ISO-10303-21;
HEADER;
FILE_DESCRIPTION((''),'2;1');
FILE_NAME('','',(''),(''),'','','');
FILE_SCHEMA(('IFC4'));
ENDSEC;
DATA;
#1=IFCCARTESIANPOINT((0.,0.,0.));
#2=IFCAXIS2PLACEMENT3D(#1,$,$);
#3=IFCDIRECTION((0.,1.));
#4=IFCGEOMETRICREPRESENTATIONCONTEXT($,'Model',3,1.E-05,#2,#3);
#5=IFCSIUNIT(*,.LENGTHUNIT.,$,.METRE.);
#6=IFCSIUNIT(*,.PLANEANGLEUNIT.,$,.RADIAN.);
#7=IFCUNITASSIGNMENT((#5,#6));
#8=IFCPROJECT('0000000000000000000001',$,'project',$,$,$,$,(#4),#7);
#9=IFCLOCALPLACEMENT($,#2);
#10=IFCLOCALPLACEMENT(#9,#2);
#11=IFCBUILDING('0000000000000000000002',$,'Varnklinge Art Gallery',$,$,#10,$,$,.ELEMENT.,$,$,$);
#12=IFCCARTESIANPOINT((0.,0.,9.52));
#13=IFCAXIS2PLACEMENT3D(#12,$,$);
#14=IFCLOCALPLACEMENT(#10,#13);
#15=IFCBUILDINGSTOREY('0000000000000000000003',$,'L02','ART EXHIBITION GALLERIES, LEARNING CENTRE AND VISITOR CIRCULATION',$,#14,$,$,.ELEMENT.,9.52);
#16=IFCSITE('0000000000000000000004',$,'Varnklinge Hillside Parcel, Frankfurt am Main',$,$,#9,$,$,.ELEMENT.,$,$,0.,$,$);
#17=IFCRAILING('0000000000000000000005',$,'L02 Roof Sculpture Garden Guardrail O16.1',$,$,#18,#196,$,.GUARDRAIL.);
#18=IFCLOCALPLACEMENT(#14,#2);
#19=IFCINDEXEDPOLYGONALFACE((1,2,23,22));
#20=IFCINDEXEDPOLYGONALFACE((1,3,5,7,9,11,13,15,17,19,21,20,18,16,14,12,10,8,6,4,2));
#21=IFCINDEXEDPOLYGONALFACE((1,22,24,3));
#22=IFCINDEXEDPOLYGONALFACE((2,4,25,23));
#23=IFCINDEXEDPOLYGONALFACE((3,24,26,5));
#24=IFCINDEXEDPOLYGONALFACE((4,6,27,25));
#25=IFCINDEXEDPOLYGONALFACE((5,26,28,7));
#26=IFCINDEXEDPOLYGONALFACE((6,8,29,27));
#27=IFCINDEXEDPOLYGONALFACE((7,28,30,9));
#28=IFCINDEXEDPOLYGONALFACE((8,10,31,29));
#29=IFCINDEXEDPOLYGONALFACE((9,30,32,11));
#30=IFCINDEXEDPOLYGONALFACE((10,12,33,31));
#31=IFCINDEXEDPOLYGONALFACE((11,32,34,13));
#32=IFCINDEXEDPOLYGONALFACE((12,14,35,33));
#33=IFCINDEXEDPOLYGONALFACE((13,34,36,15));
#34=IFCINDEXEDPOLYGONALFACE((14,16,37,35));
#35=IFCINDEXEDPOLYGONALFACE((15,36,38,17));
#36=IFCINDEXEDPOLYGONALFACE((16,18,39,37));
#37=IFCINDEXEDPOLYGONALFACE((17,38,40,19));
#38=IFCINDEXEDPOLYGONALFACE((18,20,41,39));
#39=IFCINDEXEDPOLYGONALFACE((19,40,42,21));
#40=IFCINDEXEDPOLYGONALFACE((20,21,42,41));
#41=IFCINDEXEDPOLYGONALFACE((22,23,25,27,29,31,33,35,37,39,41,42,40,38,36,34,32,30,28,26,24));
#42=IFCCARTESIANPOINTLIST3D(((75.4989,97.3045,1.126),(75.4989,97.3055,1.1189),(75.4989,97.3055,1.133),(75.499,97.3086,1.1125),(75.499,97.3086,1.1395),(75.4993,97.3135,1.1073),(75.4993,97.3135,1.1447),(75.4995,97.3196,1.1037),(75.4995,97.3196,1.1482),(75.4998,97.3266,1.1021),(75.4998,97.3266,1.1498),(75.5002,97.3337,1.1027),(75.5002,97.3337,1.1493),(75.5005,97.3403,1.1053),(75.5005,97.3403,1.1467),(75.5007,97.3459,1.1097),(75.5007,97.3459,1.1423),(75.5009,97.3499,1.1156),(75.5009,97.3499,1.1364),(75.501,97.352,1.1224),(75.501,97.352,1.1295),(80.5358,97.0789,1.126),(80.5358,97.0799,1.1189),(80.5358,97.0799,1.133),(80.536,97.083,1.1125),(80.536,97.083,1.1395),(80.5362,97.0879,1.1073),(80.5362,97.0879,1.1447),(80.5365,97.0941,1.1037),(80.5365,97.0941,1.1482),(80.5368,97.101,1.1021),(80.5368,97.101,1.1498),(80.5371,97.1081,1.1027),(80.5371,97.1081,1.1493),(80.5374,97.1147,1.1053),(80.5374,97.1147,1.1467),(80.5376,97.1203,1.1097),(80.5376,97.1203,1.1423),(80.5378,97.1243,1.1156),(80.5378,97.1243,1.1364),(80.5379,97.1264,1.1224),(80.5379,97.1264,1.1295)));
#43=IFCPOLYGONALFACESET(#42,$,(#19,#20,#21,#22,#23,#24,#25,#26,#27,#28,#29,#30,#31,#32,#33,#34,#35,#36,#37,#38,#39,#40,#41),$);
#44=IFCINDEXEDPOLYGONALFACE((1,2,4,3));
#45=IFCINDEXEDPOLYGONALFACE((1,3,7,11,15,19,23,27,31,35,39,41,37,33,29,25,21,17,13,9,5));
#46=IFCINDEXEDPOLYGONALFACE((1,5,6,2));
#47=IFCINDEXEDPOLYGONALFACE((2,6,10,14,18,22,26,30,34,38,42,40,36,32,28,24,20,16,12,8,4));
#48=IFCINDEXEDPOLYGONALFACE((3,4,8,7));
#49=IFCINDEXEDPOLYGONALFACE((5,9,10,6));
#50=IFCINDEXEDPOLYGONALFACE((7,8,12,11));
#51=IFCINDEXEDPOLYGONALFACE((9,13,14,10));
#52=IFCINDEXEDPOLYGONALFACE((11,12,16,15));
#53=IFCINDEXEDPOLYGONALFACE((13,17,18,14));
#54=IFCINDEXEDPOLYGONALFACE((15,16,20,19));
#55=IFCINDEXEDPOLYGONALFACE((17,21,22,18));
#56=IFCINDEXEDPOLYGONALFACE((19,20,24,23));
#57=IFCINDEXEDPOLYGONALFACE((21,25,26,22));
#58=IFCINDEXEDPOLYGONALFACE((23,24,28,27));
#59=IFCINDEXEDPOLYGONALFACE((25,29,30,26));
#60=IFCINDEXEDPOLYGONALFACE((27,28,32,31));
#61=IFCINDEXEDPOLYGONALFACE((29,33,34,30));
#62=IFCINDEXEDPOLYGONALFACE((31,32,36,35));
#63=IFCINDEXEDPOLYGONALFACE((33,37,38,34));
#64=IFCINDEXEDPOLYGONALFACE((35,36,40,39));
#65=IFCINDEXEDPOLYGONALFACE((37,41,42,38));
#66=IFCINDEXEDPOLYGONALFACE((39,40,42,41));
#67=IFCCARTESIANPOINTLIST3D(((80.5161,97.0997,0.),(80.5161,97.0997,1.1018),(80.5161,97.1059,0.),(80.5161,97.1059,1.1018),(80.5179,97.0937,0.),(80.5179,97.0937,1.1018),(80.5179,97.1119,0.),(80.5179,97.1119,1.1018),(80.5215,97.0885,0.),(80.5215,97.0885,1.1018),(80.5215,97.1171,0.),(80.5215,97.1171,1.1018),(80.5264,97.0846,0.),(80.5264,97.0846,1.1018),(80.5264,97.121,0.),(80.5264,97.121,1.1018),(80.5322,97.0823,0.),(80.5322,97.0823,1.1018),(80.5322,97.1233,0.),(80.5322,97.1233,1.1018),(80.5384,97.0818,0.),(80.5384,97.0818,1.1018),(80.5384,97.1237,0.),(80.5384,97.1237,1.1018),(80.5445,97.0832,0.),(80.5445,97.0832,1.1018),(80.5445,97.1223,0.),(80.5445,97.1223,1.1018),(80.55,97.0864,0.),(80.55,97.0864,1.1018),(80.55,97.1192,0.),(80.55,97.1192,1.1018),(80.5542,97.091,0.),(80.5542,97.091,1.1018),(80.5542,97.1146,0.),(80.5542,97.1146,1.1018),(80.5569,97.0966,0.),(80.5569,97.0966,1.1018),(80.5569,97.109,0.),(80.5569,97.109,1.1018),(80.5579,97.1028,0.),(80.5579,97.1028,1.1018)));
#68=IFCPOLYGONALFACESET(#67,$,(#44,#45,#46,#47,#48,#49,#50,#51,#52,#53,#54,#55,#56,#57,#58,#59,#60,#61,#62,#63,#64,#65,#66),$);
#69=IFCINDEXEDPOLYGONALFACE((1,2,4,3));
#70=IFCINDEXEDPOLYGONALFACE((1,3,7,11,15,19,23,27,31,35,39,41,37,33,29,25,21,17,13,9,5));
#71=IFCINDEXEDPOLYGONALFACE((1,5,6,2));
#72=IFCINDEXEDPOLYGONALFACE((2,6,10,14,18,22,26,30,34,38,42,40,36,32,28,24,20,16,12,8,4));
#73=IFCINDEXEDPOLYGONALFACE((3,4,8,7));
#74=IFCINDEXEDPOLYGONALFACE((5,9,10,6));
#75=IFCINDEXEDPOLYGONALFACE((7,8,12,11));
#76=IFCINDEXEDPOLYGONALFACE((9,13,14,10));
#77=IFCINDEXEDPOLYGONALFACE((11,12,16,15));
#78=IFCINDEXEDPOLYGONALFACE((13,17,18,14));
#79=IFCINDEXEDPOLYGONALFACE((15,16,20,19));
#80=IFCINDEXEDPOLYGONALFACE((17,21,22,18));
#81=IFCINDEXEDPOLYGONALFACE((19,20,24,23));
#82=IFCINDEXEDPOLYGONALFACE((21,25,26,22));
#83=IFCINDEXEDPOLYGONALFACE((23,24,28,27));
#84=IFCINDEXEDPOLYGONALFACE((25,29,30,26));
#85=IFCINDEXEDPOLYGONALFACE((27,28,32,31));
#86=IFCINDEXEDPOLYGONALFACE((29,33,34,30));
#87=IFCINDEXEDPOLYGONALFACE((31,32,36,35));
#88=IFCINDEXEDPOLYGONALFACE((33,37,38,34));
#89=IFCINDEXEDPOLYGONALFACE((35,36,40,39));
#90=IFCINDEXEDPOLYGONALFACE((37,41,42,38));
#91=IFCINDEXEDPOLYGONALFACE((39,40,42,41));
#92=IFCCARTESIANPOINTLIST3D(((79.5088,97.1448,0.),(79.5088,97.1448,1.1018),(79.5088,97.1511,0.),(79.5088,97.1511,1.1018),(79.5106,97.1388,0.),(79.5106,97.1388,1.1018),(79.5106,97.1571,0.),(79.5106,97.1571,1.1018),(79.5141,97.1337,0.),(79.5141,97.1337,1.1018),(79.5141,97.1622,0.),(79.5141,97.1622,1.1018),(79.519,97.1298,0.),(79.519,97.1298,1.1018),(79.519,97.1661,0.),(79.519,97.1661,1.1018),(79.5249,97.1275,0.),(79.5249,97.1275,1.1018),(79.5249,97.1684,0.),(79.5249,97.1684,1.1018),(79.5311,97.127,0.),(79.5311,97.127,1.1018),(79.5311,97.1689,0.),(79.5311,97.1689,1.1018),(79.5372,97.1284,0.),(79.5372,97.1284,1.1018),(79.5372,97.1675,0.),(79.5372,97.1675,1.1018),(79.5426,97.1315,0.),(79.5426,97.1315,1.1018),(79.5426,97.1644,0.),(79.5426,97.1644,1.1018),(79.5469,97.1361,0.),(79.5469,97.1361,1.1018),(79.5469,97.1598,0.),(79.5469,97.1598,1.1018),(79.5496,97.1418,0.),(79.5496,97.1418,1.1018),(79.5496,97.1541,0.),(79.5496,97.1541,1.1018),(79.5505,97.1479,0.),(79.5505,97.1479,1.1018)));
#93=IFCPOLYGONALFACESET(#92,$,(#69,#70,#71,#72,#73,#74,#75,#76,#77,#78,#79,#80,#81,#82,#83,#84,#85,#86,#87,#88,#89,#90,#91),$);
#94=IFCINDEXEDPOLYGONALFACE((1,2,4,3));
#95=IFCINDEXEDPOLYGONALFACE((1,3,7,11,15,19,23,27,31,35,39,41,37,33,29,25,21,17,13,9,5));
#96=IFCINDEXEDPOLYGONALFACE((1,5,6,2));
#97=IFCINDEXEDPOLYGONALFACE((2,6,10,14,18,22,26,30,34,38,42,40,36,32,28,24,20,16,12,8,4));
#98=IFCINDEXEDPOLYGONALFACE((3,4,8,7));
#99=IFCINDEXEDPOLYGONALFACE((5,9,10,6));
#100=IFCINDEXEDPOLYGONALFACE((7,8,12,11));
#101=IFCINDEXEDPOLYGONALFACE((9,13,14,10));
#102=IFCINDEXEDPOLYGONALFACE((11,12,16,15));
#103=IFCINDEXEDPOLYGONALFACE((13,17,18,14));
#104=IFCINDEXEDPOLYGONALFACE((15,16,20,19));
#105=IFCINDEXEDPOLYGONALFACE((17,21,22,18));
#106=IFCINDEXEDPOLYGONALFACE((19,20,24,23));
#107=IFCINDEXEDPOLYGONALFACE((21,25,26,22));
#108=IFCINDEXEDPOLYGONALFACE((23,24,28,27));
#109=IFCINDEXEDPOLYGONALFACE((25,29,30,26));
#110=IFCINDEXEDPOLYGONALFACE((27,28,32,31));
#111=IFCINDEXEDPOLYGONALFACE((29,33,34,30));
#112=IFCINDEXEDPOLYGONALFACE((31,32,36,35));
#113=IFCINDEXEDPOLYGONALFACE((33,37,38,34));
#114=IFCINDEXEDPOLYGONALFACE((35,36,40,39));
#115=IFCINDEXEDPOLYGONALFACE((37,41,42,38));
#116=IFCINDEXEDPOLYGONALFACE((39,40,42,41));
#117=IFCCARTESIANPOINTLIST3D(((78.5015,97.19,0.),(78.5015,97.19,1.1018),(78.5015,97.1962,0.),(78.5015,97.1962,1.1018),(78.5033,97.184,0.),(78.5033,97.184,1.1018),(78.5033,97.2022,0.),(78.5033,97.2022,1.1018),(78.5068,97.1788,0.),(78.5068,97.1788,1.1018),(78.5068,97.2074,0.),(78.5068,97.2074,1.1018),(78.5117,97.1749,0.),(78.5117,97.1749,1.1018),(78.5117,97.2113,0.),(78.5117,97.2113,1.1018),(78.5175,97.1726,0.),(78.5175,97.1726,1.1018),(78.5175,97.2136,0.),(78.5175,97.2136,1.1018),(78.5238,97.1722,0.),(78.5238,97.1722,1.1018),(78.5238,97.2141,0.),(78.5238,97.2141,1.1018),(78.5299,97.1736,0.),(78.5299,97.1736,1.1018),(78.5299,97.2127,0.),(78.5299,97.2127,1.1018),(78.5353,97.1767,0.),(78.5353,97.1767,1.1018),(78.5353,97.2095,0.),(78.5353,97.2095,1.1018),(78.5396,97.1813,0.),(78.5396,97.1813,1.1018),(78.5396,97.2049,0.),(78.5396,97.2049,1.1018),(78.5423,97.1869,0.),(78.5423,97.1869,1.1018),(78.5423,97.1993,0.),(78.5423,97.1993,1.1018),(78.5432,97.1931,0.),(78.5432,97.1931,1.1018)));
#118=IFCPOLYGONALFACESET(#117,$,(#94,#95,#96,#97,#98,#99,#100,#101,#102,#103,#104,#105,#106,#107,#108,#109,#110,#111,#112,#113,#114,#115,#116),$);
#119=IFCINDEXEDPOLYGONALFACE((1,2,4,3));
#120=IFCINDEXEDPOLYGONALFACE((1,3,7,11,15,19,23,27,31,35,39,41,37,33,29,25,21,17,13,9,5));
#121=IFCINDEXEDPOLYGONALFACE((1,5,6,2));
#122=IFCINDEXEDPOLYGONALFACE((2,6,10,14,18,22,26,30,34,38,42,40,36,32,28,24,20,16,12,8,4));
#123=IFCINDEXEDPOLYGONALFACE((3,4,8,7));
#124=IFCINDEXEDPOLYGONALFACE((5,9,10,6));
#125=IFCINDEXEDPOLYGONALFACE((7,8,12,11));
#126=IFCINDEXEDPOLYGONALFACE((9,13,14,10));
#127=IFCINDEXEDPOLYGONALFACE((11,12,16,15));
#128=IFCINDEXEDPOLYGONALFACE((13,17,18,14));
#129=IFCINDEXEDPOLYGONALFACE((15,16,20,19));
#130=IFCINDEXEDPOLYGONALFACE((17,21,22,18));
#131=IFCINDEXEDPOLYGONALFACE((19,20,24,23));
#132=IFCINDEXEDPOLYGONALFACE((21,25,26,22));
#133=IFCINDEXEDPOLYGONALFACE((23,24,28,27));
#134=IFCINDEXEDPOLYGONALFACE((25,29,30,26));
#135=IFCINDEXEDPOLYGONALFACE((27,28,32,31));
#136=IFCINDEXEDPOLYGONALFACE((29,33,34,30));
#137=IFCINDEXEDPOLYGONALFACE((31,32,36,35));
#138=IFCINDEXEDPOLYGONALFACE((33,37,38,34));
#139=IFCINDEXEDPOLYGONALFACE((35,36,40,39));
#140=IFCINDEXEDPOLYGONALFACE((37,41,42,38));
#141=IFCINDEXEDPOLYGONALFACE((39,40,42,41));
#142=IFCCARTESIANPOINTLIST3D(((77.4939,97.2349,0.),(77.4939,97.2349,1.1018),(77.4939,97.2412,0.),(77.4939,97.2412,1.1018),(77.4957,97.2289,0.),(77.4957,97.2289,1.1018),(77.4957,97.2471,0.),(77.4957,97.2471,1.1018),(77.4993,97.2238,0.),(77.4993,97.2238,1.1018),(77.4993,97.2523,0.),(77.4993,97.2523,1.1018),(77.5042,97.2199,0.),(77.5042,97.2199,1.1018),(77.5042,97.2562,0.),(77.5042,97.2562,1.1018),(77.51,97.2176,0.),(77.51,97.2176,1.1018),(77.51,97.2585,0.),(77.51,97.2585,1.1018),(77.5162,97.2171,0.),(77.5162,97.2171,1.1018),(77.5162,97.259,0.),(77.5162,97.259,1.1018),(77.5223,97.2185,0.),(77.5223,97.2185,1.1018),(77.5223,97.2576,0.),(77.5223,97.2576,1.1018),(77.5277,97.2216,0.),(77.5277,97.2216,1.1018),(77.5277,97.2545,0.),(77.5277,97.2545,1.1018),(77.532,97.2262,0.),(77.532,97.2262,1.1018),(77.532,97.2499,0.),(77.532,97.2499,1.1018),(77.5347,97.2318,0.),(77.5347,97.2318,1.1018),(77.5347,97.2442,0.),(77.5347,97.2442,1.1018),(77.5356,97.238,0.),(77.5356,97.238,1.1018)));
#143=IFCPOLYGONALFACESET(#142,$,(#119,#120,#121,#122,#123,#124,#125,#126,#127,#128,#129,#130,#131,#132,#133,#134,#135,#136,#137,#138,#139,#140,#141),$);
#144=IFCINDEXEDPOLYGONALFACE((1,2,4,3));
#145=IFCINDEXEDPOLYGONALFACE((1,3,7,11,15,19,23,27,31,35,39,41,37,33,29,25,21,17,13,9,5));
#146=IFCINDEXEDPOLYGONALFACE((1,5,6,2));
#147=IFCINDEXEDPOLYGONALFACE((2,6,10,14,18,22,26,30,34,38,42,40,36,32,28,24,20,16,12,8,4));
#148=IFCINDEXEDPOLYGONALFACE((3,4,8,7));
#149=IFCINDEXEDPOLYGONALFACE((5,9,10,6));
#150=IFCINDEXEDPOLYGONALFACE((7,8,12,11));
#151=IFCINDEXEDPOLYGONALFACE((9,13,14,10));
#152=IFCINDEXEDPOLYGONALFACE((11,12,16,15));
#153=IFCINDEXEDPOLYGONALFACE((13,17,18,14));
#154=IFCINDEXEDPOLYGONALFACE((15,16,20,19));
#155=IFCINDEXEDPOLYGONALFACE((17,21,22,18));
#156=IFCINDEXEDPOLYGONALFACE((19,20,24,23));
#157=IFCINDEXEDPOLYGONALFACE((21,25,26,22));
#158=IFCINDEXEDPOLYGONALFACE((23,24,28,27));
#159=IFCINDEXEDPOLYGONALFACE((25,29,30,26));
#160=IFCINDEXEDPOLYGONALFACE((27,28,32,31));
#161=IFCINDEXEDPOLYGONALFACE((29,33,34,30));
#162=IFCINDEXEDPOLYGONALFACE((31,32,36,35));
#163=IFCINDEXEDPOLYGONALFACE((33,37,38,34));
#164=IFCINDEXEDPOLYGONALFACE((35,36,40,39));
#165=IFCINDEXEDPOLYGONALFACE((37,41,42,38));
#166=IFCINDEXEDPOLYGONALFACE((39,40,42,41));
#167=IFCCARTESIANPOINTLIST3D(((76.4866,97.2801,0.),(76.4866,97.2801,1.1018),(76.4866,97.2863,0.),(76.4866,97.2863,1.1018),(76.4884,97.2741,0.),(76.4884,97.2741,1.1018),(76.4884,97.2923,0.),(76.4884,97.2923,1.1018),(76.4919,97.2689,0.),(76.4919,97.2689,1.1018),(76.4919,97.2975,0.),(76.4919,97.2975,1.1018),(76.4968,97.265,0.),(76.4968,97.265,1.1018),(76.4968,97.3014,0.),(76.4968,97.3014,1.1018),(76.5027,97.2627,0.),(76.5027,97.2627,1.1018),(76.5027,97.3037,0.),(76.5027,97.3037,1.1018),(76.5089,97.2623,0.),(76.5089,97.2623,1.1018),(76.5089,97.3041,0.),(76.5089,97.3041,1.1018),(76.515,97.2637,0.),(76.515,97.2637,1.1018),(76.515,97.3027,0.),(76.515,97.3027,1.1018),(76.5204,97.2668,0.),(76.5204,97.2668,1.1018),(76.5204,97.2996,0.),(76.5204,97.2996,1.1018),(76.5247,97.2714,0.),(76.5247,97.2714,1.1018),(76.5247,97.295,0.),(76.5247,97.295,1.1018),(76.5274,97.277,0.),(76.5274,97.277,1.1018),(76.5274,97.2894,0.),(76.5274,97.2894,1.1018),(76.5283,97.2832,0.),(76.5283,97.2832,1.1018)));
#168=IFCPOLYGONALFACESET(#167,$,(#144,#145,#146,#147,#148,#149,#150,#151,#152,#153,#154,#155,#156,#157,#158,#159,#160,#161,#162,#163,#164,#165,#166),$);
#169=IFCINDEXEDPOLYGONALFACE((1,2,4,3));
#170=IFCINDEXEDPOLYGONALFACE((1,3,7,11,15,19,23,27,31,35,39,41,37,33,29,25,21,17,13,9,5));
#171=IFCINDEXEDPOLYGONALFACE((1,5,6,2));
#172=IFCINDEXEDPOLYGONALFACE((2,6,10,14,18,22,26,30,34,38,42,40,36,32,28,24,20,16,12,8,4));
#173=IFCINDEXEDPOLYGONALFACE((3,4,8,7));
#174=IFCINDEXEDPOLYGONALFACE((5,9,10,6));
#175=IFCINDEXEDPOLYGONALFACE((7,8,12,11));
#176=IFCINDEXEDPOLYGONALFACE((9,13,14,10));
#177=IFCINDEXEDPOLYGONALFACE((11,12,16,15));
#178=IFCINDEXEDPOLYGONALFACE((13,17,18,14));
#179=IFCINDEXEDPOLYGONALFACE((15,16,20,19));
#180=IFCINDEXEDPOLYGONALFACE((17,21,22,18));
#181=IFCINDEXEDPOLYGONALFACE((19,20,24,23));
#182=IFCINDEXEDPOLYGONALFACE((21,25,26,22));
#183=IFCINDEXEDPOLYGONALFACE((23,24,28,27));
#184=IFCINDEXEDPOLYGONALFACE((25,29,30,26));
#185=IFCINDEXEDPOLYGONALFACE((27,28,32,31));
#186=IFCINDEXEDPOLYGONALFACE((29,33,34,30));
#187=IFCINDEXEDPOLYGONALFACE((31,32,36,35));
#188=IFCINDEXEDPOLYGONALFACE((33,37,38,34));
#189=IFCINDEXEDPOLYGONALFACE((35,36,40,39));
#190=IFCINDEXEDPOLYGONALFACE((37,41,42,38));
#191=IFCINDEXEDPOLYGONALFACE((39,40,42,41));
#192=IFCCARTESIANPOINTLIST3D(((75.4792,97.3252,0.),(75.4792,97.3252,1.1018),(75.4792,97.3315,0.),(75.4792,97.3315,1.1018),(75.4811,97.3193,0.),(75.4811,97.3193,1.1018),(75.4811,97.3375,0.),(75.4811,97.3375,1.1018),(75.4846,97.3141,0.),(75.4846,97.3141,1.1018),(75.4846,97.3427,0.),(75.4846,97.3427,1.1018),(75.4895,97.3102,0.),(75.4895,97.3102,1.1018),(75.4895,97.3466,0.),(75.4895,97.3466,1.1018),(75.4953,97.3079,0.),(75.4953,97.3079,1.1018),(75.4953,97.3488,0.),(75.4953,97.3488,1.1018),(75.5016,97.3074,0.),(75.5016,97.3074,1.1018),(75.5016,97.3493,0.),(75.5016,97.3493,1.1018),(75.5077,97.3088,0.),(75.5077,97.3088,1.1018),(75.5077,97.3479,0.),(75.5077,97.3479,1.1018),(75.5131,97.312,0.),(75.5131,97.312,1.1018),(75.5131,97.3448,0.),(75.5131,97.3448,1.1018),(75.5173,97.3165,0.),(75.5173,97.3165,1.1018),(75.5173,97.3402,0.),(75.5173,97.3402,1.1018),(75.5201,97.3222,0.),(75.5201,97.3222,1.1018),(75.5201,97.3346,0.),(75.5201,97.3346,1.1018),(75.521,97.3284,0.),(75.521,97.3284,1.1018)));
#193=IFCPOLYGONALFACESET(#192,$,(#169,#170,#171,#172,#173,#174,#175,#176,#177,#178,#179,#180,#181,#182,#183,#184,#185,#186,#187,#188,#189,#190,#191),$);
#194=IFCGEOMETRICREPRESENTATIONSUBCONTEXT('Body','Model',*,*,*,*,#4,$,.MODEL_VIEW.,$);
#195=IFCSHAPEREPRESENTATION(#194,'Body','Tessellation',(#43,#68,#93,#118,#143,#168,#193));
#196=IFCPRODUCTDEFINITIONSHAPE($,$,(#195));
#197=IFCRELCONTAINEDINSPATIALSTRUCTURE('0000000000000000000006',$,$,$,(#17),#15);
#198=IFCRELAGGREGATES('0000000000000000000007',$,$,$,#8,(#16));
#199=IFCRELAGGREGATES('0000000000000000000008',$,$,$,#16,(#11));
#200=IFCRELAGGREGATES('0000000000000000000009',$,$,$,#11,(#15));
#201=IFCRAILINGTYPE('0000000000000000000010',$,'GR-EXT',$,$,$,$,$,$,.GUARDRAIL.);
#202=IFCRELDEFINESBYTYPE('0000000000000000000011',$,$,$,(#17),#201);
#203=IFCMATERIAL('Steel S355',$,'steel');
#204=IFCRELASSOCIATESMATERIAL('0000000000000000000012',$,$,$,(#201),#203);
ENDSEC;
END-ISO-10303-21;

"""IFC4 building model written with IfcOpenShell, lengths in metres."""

from ifc_helpers import new_model, si_unit, direction, frame, origin, origin_2d, place, context, subcontext, project, spatial, circle, extrude, material, type_object, element, save


model = new_model("IFC4")

# Units and contexts
model_context = context("Model", 3, precision=1e-05, world=origin(), true_north=direction((0.0, 1.0)))
body_context = subcontext(model_context, "Body", "Model", "MODEL_VIEW")
ifc_project = project(units=[si_unit("LENGTHUNIT", "METRE"), si_unit("PLANEANGLEUNIT", "RADIAN")], contexts=[model_context])

# Site, building, storey
site_placement = place(None, origin())
site = spatial("IfcSite", under=ifc_project, at=site_placement, Name="Varnklinge Hillside Parcel, Frankfurt am Main", CompositionType="ELEMENT", RefElevation=0.0)
building_placement = place(site_placement, origin())
building = spatial("IfcBuilding", under=site, at=building_placement, Name="Varnklinge Art Gallery", CompositionType="ELEMENT")
storey_placement = place(building_placement, frame((0.0, 0.0, 9.52)))
storey = spatial("IfcBuildingStorey", under=building, at=storey_placement, Name="L02", Description="ART EXHIBITION GALLERIES, LEARNING CENTRE AND VISITOR CIRCULATION", CompositionType="ELEMENT", Elevation=9.52)

# Railing
ifc_material_1 = material(Name="Steel S355", Category="steel")
railing_type_1 = type_object("IfcRailingType", Name="GR-EXT", PredefinedType="GUARDRAIL", material=ifc_material_1)
railing_1_placement = place(storey_placement, frame((80.5369, 97.1028, 0.0)))
element("IfcRailing", 1, at=railing_1_placement, inside=storey, type_object=railing_type_1, Name="L02 Roof Sculpture Garden Guardrail O16.1", PredefinedType="GUARDRAIL", context=body_context, shape_type="SweptSolid", body=[
    extrude(circle(Radius=0.0239, at=origin_2d()), frame((0.0, 0.0, 1.126), z_axis=(-0.998999, 0.044742, 0.0), x_axis=(-0.044742, -0.998999, 0.0)), (0.0, 0.0, 1.0), 5.042),
    extrude(circle(Radius=0.021, at=origin_2d()), origin(), (0.0, 0.0, 1.0), 1.1018),
    extrude(circle(Radius=0.021, at=origin_2d()), frame((-1.0073, 0.0452, 0.0)), (0.0, 0.0, 1.0), 1.1018),
    extrude(circle(Radius=0.021, at=origin_2d()), frame((-2.0146, 0.0903, 0.0)), (0.0, 0.0, 1.0), 1.1018),
    extrude(circle(Radius=0.021, at=origin_2d()), frame((-3.0222, 0.1353, 0.0)), (0.0, 0.0, 1.0), 1.1018),
    extrude(circle(Radius=0.021, at=origin_2d()), frame((-4.0295, 0.1804, 0.0)), (0.0, 0.0, 1.0), 1.1018),
    extrude(circle(Radius=0.021, at=origin_2d()), frame((-5.0369, 0.2256, 0.0)), (0.0, 0.0, 1.0), 1.1018),
])

save(model, "model.ifc")
